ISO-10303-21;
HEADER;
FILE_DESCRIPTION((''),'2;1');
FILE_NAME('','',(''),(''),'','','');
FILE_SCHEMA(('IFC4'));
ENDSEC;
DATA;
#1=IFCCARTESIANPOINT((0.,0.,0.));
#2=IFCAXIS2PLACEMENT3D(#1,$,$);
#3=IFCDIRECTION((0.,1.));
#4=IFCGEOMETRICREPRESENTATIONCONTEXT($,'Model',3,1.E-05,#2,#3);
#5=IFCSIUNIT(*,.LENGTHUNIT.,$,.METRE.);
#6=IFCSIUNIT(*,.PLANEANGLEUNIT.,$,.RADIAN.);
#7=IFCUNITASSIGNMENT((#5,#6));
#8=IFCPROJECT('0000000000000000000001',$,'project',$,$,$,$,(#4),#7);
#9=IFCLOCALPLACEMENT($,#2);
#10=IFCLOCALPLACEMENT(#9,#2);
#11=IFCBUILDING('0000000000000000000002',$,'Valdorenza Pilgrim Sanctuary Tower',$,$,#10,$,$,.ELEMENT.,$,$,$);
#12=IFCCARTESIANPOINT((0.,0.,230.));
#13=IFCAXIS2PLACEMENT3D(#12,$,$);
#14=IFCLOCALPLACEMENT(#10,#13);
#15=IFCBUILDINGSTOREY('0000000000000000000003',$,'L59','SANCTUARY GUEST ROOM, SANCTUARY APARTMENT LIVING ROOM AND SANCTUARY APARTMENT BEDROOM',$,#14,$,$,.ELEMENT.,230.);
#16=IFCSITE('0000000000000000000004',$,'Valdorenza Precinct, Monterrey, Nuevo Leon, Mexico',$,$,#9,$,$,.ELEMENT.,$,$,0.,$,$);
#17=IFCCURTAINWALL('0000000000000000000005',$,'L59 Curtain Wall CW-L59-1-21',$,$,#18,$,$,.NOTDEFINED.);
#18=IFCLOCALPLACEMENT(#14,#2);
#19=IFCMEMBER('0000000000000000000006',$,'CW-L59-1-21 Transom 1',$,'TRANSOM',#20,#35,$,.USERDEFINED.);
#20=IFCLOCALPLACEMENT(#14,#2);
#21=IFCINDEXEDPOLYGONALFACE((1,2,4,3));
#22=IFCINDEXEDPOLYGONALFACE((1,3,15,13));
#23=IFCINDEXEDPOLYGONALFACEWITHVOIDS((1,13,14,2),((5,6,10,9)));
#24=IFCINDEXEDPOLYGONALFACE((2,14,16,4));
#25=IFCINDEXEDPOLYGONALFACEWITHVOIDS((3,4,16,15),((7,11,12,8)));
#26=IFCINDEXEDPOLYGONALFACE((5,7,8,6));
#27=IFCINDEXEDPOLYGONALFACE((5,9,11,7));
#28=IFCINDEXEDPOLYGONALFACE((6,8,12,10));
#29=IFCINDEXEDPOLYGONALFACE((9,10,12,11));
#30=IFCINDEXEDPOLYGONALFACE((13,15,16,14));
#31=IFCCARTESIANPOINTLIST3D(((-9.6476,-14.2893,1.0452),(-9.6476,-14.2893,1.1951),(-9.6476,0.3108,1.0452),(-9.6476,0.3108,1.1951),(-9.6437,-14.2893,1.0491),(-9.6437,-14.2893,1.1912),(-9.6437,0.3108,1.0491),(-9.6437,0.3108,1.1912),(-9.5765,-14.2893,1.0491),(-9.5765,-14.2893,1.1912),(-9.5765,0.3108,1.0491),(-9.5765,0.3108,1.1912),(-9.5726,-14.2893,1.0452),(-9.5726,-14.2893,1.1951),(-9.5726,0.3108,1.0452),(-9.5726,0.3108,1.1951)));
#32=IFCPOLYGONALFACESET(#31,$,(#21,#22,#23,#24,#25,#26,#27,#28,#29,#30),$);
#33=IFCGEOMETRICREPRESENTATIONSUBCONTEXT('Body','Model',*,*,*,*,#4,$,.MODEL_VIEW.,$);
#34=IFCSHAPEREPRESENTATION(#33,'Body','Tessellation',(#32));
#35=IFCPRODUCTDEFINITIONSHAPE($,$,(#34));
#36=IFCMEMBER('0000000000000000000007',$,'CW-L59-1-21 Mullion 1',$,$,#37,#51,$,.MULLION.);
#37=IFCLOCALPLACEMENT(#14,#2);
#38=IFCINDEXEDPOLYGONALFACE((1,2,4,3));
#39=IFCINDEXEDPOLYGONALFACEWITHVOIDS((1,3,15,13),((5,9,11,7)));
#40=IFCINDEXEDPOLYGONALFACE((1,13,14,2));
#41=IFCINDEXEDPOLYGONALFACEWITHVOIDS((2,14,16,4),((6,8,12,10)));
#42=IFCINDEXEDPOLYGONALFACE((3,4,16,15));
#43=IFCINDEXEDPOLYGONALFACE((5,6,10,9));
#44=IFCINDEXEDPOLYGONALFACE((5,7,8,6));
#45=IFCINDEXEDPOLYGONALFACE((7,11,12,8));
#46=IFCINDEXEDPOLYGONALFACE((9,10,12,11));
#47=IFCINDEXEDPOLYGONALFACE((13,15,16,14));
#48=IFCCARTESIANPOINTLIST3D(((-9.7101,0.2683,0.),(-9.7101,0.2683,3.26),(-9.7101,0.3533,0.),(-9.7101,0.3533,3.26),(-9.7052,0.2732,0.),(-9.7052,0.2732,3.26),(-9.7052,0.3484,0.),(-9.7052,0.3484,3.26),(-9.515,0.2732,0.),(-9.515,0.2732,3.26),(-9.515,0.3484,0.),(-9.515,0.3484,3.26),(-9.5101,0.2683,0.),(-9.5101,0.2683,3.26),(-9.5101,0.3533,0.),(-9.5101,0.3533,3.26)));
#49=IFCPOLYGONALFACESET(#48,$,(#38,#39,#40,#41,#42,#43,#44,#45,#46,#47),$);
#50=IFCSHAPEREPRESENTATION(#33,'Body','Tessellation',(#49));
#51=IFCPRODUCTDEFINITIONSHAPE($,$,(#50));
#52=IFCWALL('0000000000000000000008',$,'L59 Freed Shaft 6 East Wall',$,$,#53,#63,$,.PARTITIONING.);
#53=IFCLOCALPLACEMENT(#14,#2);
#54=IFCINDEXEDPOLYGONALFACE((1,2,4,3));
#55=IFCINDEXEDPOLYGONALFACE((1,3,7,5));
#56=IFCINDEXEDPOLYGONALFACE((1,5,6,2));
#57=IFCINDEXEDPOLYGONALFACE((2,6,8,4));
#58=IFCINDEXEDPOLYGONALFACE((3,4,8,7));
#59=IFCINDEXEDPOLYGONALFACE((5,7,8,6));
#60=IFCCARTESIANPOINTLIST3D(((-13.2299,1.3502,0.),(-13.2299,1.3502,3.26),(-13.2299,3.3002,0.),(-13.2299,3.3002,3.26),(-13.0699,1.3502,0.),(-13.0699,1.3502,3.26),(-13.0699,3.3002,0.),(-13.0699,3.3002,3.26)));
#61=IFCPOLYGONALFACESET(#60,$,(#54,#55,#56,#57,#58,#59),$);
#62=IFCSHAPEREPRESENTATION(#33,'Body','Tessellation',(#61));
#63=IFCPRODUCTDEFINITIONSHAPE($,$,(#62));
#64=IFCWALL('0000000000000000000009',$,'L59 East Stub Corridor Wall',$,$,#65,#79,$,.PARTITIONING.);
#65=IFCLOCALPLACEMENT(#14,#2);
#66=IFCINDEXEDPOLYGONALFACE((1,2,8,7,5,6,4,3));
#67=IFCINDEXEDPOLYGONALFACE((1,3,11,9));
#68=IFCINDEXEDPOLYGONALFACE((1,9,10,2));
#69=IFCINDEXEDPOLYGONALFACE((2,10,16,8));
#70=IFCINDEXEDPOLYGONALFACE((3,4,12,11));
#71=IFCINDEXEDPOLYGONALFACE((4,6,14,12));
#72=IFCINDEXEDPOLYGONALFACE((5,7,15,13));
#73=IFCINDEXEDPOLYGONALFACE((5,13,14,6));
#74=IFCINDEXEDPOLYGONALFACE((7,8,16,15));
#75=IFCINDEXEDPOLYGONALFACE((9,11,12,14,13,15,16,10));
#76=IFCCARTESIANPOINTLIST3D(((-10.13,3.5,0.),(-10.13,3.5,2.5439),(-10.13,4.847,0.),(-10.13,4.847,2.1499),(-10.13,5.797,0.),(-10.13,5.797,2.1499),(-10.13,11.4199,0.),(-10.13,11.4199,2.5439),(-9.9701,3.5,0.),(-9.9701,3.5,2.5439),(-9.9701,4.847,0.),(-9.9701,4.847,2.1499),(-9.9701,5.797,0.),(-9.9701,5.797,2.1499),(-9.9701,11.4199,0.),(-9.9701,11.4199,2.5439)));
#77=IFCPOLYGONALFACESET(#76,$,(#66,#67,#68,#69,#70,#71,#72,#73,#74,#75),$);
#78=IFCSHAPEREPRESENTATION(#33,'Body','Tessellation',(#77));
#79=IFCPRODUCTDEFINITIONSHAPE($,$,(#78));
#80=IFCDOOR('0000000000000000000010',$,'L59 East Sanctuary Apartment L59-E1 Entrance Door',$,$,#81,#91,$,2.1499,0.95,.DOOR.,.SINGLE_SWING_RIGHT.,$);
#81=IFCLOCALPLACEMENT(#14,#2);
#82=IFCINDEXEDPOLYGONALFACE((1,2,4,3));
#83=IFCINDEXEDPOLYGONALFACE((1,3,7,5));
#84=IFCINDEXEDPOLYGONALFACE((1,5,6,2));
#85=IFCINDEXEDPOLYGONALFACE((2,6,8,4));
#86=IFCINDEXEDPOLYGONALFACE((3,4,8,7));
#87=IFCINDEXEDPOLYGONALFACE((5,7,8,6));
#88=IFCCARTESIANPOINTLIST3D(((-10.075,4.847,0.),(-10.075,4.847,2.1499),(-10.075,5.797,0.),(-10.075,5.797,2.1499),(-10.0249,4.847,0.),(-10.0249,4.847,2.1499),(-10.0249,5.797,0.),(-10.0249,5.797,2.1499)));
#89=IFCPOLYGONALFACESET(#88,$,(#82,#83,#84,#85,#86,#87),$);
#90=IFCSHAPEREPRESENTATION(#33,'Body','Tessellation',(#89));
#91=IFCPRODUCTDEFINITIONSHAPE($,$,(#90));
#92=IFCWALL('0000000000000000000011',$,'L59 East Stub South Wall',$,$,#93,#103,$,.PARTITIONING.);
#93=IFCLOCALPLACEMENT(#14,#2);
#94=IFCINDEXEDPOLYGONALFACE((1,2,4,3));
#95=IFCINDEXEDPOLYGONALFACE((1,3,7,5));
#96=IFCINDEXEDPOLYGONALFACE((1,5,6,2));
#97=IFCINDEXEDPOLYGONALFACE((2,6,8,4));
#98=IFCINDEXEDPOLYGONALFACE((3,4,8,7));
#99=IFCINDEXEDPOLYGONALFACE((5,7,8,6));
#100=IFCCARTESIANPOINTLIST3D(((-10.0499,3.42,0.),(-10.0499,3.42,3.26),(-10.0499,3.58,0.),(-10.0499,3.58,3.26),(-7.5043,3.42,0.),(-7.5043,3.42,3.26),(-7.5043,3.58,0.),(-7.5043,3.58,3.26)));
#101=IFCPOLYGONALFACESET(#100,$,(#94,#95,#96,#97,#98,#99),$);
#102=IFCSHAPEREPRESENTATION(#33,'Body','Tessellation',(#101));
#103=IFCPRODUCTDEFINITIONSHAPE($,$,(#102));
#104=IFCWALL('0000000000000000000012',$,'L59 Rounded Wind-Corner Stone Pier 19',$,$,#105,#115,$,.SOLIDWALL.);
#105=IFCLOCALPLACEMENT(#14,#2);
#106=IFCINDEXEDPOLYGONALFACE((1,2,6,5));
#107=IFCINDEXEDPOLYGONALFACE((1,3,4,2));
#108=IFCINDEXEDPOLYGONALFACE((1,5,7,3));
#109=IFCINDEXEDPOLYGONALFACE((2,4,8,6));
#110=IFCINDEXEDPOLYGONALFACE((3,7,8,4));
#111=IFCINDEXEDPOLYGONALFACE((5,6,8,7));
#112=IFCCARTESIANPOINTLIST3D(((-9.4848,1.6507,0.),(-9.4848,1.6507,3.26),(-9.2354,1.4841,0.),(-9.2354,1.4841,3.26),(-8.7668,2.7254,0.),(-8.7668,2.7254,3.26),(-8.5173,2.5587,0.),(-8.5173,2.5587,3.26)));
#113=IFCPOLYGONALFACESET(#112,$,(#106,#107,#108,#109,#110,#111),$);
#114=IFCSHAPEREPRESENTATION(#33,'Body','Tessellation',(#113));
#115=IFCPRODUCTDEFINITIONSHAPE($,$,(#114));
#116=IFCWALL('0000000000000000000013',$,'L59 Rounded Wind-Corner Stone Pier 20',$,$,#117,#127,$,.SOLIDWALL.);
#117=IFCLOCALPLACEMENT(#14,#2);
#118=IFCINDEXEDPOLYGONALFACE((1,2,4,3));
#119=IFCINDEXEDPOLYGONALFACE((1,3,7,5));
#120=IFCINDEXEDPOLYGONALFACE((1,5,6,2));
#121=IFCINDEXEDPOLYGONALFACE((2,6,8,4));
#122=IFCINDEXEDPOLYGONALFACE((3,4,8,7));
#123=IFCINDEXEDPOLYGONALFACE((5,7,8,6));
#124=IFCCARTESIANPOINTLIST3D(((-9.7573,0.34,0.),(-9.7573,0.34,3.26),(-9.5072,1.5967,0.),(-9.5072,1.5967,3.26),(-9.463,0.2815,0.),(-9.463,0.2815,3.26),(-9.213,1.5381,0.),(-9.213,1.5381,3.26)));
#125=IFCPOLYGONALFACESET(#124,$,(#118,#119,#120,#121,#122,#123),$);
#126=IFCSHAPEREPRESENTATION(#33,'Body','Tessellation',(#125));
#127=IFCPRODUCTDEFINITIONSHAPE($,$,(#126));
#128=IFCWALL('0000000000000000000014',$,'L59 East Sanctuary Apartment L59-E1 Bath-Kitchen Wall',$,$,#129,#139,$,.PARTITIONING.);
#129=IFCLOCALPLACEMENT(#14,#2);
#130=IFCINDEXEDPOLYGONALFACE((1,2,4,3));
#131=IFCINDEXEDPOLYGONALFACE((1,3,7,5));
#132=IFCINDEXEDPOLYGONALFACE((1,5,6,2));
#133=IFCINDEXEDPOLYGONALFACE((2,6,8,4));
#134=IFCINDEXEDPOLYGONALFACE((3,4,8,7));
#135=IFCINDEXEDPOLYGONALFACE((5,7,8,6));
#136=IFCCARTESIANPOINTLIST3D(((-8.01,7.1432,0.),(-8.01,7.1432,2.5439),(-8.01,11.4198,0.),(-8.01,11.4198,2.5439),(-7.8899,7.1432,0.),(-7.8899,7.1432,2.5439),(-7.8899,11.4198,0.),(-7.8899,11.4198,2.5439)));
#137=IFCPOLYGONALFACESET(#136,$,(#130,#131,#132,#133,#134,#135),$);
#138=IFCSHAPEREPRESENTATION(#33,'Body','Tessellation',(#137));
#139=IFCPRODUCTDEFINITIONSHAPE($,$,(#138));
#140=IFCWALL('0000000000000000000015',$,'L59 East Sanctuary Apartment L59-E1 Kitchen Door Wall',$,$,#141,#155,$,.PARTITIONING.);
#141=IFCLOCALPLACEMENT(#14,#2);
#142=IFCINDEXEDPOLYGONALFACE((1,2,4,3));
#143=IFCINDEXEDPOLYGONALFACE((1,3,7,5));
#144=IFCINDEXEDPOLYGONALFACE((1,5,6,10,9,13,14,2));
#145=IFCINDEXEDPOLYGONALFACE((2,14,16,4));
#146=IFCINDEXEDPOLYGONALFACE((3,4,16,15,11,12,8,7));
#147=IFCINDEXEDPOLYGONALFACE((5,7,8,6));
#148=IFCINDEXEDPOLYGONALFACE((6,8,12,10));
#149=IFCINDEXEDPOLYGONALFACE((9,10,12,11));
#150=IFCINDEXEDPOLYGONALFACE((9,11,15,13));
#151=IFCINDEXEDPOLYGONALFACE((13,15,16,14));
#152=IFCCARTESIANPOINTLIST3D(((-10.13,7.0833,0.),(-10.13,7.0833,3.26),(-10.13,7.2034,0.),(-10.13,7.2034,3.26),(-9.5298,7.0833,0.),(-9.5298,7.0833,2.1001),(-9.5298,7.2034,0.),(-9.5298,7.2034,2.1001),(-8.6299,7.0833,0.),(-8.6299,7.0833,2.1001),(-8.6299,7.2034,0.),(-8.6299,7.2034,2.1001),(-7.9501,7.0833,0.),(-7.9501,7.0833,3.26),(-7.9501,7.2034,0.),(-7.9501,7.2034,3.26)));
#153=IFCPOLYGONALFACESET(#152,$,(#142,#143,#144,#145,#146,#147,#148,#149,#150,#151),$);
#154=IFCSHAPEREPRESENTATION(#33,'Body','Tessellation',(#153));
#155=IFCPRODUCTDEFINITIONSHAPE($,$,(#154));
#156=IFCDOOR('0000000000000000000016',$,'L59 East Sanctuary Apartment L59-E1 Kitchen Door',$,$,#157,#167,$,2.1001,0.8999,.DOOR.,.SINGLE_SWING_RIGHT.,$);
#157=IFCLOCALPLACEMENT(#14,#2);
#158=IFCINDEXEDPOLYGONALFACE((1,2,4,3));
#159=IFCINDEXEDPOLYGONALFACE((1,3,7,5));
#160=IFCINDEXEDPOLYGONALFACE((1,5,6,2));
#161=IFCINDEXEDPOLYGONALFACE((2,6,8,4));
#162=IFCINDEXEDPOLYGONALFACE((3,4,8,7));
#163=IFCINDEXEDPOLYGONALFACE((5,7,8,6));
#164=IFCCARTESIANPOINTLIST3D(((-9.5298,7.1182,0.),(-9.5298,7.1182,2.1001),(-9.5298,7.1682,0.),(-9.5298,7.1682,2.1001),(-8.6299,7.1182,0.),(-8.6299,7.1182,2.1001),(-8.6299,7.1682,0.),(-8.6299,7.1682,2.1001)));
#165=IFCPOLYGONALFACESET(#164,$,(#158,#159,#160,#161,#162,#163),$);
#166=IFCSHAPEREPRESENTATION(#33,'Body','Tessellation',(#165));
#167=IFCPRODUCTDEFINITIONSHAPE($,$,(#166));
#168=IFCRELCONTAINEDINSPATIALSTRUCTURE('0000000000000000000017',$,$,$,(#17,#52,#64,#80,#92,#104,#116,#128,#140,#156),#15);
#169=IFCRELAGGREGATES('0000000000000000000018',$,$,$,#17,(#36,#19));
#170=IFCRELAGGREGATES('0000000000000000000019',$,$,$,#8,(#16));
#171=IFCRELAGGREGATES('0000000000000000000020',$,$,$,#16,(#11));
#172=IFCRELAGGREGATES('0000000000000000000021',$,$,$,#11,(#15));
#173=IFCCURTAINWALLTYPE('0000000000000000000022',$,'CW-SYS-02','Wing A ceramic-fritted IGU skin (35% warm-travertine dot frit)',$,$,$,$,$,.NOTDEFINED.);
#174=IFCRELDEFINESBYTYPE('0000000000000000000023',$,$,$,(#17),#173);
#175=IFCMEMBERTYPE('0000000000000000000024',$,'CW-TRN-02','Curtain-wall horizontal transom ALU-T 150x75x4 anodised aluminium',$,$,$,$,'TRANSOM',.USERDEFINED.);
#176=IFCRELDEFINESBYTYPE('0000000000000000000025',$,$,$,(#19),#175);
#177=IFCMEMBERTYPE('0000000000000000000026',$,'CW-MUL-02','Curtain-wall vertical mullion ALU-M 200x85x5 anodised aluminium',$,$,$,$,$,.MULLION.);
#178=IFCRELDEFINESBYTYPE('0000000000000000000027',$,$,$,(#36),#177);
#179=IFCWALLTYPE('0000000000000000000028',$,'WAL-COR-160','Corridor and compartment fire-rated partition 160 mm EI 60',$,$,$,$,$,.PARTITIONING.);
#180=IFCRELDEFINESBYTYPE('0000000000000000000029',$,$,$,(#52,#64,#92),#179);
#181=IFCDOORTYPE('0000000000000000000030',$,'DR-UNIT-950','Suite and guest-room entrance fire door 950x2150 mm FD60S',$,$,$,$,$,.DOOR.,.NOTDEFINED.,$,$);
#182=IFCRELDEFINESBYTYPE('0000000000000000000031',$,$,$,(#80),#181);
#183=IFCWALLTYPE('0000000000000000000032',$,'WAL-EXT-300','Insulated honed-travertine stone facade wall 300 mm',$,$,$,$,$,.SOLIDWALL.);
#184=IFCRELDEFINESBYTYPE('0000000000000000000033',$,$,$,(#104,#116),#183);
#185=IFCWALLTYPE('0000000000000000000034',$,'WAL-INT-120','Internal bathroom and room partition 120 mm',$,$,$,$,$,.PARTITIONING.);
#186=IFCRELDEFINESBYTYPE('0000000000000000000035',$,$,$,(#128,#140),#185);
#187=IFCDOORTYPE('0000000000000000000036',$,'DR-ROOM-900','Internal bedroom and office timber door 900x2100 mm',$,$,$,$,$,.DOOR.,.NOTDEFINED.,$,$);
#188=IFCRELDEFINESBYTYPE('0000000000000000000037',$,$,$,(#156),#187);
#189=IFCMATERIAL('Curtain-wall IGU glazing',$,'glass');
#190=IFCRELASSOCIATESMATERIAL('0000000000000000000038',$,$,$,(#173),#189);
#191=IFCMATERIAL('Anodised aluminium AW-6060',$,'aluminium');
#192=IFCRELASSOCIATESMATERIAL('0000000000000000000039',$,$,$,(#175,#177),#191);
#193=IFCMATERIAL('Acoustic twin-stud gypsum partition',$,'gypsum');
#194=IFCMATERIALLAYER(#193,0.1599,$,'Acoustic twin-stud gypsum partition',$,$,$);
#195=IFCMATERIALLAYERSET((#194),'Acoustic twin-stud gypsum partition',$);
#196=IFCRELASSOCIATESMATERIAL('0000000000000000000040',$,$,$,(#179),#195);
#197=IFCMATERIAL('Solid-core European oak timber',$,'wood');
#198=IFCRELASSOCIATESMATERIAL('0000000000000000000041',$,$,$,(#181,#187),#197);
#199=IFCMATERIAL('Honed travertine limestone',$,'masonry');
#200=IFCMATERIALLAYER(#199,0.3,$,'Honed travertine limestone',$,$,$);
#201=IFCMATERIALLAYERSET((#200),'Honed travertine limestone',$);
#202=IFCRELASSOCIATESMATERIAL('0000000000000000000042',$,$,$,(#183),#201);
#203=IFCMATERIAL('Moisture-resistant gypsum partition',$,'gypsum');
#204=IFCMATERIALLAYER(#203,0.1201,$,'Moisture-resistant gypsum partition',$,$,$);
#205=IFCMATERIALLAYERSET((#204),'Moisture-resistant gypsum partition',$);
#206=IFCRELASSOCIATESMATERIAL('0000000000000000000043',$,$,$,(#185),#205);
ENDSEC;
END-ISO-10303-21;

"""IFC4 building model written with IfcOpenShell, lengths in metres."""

from ifc_helpers import new_model, si_unit, direction, frame, frame_2d, origin, origin_2d, place, context, subcontext, project, spatial, rectangle, hollow_rectangle, extrude, source, transform, mapped, material, layer, layer_set, material_profile, profile_set, type_object, element, fill, aggregate, save


model = new_model("IFC4")

# Units and contexts
model_context = context("Model", 3, precision=1e-05, world=origin(), true_north=direction((0.0, 1.0)))
body_context = subcontext(model_context, "Body", "Model", "MODEL_VIEW")
ifc_project = project(units=[si_unit("LENGTHUNIT", "METRE"), si_unit("PLANEANGLEUNIT", "RADIAN")], contexts=[model_context])

# Site, building, storey
site_placement = place(None, origin())
site = spatial("IfcSite", under=ifc_project, at=site_placement, Name="Valdorenza Precinct, Monterrey, Nuevo Leon, Mexico", CompositionType="ELEMENT", RefElevation=0.0)
building_placement = place(site_placement, origin())
building = spatial("IfcBuilding", under=site, at=building_placement, Name="Valdorenza Pilgrim Sanctuary Tower", CompositionType="ELEMENT")
storey_placement = place(building_placement, frame((0.0, 0.0, 230.0)))
storey = spatial("IfcBuildingStorey", under=building, at=storey_placement, Name="L59", Description="SANCTUARY GUEST ROOM, SANCTUARY APARTMENT LIVING ROOM AND SANCTUARY APARTMENT BEDROOM", CompositionType="ELEMENT", Elevation=230.0)

# Curtain wall, members
ifc_material_1 = material(Name="Curtain-wall IGU glazing", Category="glass")
curtain_wall_type = type_object("IfcCurtainWallType", Name="CW-SYS-02", Description="Wing A ceramic-fritted IGU skin (35% warm-travertine dot frit)", PredefinedType="NOTDEFINED", material=ifc_material_1)
curtain_wall_placement = place(storey_placement, origin())
curtain_wall = element("IfcCurtainWall", 1, at=curtain_wall_placement, inside=storey, type_object=curtain_wall_type, Name="L59 Curtain Wall CW-L59-1-21", PredefinedType="NOTDEFINED")
ifc_material_2 = material(Name="Anodised aluminium AW-6060", Category="aluminium")
ifc_material_profile_1 = material_profile(ifc_material_2, hollow_rectangle(XDim=0.075, YDim=0.1499, WallThickness=0.0039, at=origin_2d()), Name="ALU-T 150x75x4")
ifc_profile_set_1 = profile_set([ifc_material_profile_1], Name="Anodised aluminium AW-6060")
member_type_1 = type_object("IfcMemberType", Name="CW-TRN-02", Description="Curtain-wall horizontal transom ALU-T 150x75x4 anodised aluminium", ElementType="TRANSOM", PredefinedType="USERDEFINED", material=ifc_profile_set_1)
shared_shape_1 = source(origin(), body_context, "Body", "SweptSolid", [
    extrude(hollow_rectangle(XDim=0.075, YDim=0.1499, WallThickness=0.0039, at=origin_2d()), origin(), (0.0, 0.0, 1.0), 14.6001),
])
member_1_placement = place(storey_placement, frame((-9.6101, 0.3108, 1.1201), z_axis=(0.0, -1.0, 0.0), x_axis=(1.0, 0.0, 0.0)))
member_1 = element("IfcMember", 2, at=member_1_placement, type_object=member_type_1, Name="CW-L59-1-21 Transom 1", ObjectType="TRANSOM", PredefinedType="USERDEFINED", context=body_context, shape_type="MappedRepresentation", body=[
    mapped(shared_shape_1, transform((0.0, 0.0, 0.0), x_axis=(1.0, 0.0, 0.0), y_axis=(0.0, 1.0, 0.0), z_axis=(0.0, 0.0, 1.0), scale=1.0)),
])
ifc_material_profile_2 = material_profile(ifc_material_2, hollow_rectangle(XDim=0.085, YDim=0.2, WallThickness=0.0049, at=origin_2d()), Name="ALU-M 200x85x5")
ifc_profile_set_2 = profile_set([ifc_material_profile_2], Name="Anodised aluminium AW-6060")
member_type_2 = type_object("IfcMemberType", Name="CW-MUL-02", Description="Curtain-wall vertical mullion ALU-M 200x85x5 anodised aluminium", PredefinedType="MULLION", material=ifc_profile_set_2)
shared_shape_2 = source(origin(), body_context, "Body", "SweptSolid", [
    extrude(hollow_rectangle(XDim=0.085, YDim=0.2, WallThickness=0.0049, at=origin_2d()), origin(), (0.0, 0.0, 1.0), 3.26),
])
member_2_placement = place(storey_placement, frame((-9.6101, 0.3108, 0.0), z_axis=(0.0, 0.0, 1.0), x_axis=(0.0, -1.0, 0.0)))
member_2 = element("IfcMember", 3, at=member_2_placement, type_object=member_type_2, Name="CW-L59-1-21 Mullion 1", PredefinedType="MULLION", context=body_context, shape_type="MappedRepresentation", body=[
    mapped(shared_shape_2, transform((0.0, 0.0, 0.0), x_axis=(1.0, 0.0, 0.0), y_axis=(0.0, 1.0, 0.0), z_axis=(0.0, 0.0, 1.0), scale=1.0)),
])
aggregate(curtain_wall, [member_2, member_1])

# Wall
ifc_material_3 = material(Name="Acoustic twin-stud gypsum partition", Category="gypsum")
ifc_layer_1 = layer(ifc_material_3, 0.1599, Name="Acoustic twin-stud gypsum partition")
ifc_layer_set_1 = layer_set([ifc_layer_1], Name="Acoustic twin-stud gypsum partition")
wall_type_1 = type_object("IfcWallType", Name="WAL-COR-160", Description="Corridor and compartment fire-rated partition 160 mm EI 60", PredefinedType="PARTITIONING", material=ifc_layer_set_1)
wall_1_placement = place(storey_placement, frame((-13.1499, 1.3501, 0.0), z_axis=(0.0, 0.0, 1.0), x_axis=(0.0, 1.0, 0.0)))
element("IfcWall", 4, at=wall_1_placement, inside=storey, type_object=wall_type_1, Name="L59 Freed Shaft 6 East Wall", PredefinedType="PARTITIONING", context=body_context, shape_type="SweptSolid", body=[
    extrude(rectangle(XDim=1.95, YDim=0.1599, at=frame_2d((0.9751, 0.0))), origin(), (0.0, 0.0, 1.0), 3.26),
])

# Wall, opening, door
wall_2_placement = place(storey_placement, frame((-10.05, 3.5, 0.0), z_axis=(0.0, 0.0, 1.0), x_axis=(0.0, 1.0, 0.0)))
wall_2 = element("IfcWall", 5, at=wall_2_placement, inside=storey, type_object=wall_type_1, Name="L59 East Stub Corridor Wall", PredefinedType="PARTITIONING", context=body_context, shape_type="SweptSolid", body=[
    extrude(rectangle(XDim=7.9199, YDim=0.1599, at=frame_2d((3.96, 0.0))), origin(), (0.0, 0.0, 1.0), 2.5439),
])
opening_1_placement = place(wall_2_placement, frame((1.3469, 0.0, 0.0)))
opening_1 = element("IfcOpeningElement", 6, at=opening_1_placement, cuts=wall_2, PredefinedType="OPENING", context=body_context, shape_type="SweptSolid", body=[
    extrude(rectangle(XDim=0.95, YDim=2.1499, at=frame_2d((0.4751, 1.075))), frame((0.0, 0.0947, 0.0), z_axis=(0.0, -1.0, 0.0), x_axis=(1.0, 0.0, 0.0)), (0.0, 0.0, 1.0), 0.1897),
])
ifc_material_4 = material(Name="Solid-core European oak timber", Category="wood")
door_type_1 = type_object("IfcDoorType", Name="DR-UNIT-950", Description="Suite and guest-room entrance fire door 950x2150 mm FD60S", OperationType="NOTDEFINED", PredefinedType="DOOR", material=ifc_material_4)
door_1_placement = place(opening_1_placement, origin())
door_1 = element("IfcDoor", 7, at=door_1_placement, inside=storey, type_object=door_type_1, Name="L59 East Sanctuary Apartment L59-E1 Entrance Door", OperationType="SINGLE_SWING_RIGHT", OverallHeight=2.1499, OverallWidth=0.95, PredefinedType="DOOR", context=body_context, shape_type="SweptSolid", body=[
    extrude(rectangle(XDim=0.95, YDim=2.1499, at=frame_2d((0.4751, 1.075))), frame((0.0, 0.0249, 0.0), z_axis=(0.0, -1.0, 0.0), x_axis=(1.0, 0.0, 0.0)), (0.0, 0.0, 1.0), 0.05),
])
fill(opening_1, door_1)

# Walls
wall_3_placement = place(storey_placement, frame((-10.05, 3.5, 0.0), z_axis=(0.0, 0.0, 1.0), x_axis=(1.0, 0.0, 0.0)))
element("IfcWall", 8, at=wall_3_placement, inside=storey, type_object=wall_type_1, Name="L59 East Stub South Wall", PredefinedType="PARTITIONING", context=body_context, shape_type="SweptSolid", body=[
    extrude(rectangle(XDim=2.5457, YDim=0.1599, at=frame_2d((1.2729, 0.0))), origin(), (0.0, 0.0, 1.0), 3.26),
])
ifc_material_5 = material(Name="Honed travertine limestone", Category="masonry")
ifc_layer_2 = layer(ifc_material_5, 0.3, Name="Honed travertine limestone")
ifc_layer_set_2 = layer_set([ifc_layer_2], Name="Honed travertine limestone")
wall_type_2 = type_object("IfcWallType", Name="WAL-EXT-300", Description="Insulated honed-travertine stone facade wall 300 mm", PredefinedType="SOLIDWALL", material=ifc_layer_set_2)
wall_4_placement = place(storey_placement, frame((-8.6421, 2.6421, 0.0), z_axis=(0.0, 0.0, 1.0), x_axis=(-0.555528, -0.831498, 0.0)))
element("IfcWall", 9, at=wall_4_placement, inside=storey, type_object=wall_type_2, Name="L59 Rounded Wind-Corner Stone Pier 19", PredefinedType="SOLIDWALL", context=body_context, shape_type="SweptSolid", body=[
    extrude(rectangle(XDim=1.2925, YDim=0.3, at=frame_2d((0.6462, 0.0))), origin(), (0.0, 0.0, 1.0), 3.26),
])
wall_5_placement = place(storey_placement, frame((-9.3601, 1.5674, 0.0), z_axis=(0.0, 0.0, 1.0), x_axis=(-0.195127, -0.980778, 0.0)))
element("IfcWall", 10, at=wall_5_placement, inside=storey, type_object=wall_type_2, Name="L59 Rounded Wind-Corner Stone Pier 20", PredefinedType="SOLIDWALL", context=body_context, shape_type="SweptSolid", body=[
    extrude(rectangle(XDim=1.2812, YDim=0.3, at=frame_2d((0.6406, 0.0))), origin(), (0.0, 0.0, 1.0), 3.26),
])
ifc_material_6 = material(Name="Moisture-resistant gypsum partition", Category="gypsum")
ifc_layer_3 = layer(ifc_material_6, 0.1201, Name="Moisture-resistant gypsum partition")
ifc_layer_set_3 = layer_set([ifc_layer_3], Name="Moisture-resistant gypsum partition")
wall_type_3 = type_object("IfcWallType", Name="WAL-INT-120", Description="Internal bathroom and room partition 120 mm", PredefinedType="PARTITIONING", material=ifc_layer_set_3)
wall_6_placement = place(storey_placement, frame((-7.95, 7.1433, 0.0), z_axis=(0.0, 0.0, 1.0), x_axis=(0.0, 1.0, 0.0)))
element("IfcWall", 11, at=wall_6_placement, inside=storey, type_object=wall_type_3, Name="L59 East Sanctuary Apartment L59-E1 Bath-Kitchen Wall", PredefinedType="PARTITIONING", context=body_context, shape_type="SweptSolid", body=[
    extrude(rectangle(XDim=4.2766, YDim=0.1201, at=frame_2d((2.1382, 0.0))), origin(), (0.0, 0.0, 1.0), 2.5439),
])

# Wall, opening, door
wall_7_placement = place(storey_placement, frame((-10.1299, 7.1433, 0.0), z_axis=(0.0, 0.0, 1.0), x_axis=(1.0, 0.0, 0.0)))
wall_7 = element("IfcWall", 12, at=wall_7_placement, inside=storey, type_object=wall_type_3, Name="L59 East Sanctuary Apartment L59-E1 Kitchen Door Wall", PredefinedType="PARTITIONING", context=body_context, shape_type="SweptSolid", body=[
    extrude(rectangle(XDim=2.1799, YDim=0.1201, at=frame_2d((1.0898, 0.0))), origin(), (0.0, 0.0, 1.0), 3.26),
])
opening_2_placement = place(wall_7_placement, frame((0.6001, 0.0, 0.0)))
opening_2 = element("IfcOpeningElement", 13, at=opening_2_placement, cuts=wall_7, PredefinedType="OPENING", context=body_context, shape_type="SweptSolid", body=[
    extrude(rectangle(XDim=0.8999, YDim=2.1001, at=frame_2d((0.45, 1.05))), frame((0.0, 0.075, 0.0), z_axis=(0.0, -1.0, 0.0), x_axis=(1.0, 0.0, 0.0)), (0.0, 0.0, 1.0), 0.1499),
])
door_type_2 = type_object("IfcDoorType", Name="DR-ROOM-900", Description="Internal bedroom and office timber door 900x2100 mm", OperationType="NOTDEFINED", PredefinedType="DOOR", material=ifc_material_4)
door_2_placement = place(opening_2_placement, origin())
door_2 = element("IfcDoor", 14, at=door_2_placement, inside=storey, type_object=door_type_2, Name="L59 East Sanctuary Apartment L59-E1 Kitchen Door", OperationType="SINGLE_SWING_RIGHT", OverallHeight=2.1001, OverallWidth=0.8999, PredefinedType="DOOR", context=body_context, shape_type="SweptSolid", body=[
    extrude(rectangle(XDim=0.8999, YDim=2.1001, at=frame_2d((0.45, 1.05))), frame((0.0, 0.0249, 0.0), z_axis=(0.0, -1.0, 0.0), x_axis=(1.0, 0.0, 0.0)), (0.0, 0.0, 1.0), 0.05),
])
fill(opening_2, door_2)

save(model, "model.ifc")
